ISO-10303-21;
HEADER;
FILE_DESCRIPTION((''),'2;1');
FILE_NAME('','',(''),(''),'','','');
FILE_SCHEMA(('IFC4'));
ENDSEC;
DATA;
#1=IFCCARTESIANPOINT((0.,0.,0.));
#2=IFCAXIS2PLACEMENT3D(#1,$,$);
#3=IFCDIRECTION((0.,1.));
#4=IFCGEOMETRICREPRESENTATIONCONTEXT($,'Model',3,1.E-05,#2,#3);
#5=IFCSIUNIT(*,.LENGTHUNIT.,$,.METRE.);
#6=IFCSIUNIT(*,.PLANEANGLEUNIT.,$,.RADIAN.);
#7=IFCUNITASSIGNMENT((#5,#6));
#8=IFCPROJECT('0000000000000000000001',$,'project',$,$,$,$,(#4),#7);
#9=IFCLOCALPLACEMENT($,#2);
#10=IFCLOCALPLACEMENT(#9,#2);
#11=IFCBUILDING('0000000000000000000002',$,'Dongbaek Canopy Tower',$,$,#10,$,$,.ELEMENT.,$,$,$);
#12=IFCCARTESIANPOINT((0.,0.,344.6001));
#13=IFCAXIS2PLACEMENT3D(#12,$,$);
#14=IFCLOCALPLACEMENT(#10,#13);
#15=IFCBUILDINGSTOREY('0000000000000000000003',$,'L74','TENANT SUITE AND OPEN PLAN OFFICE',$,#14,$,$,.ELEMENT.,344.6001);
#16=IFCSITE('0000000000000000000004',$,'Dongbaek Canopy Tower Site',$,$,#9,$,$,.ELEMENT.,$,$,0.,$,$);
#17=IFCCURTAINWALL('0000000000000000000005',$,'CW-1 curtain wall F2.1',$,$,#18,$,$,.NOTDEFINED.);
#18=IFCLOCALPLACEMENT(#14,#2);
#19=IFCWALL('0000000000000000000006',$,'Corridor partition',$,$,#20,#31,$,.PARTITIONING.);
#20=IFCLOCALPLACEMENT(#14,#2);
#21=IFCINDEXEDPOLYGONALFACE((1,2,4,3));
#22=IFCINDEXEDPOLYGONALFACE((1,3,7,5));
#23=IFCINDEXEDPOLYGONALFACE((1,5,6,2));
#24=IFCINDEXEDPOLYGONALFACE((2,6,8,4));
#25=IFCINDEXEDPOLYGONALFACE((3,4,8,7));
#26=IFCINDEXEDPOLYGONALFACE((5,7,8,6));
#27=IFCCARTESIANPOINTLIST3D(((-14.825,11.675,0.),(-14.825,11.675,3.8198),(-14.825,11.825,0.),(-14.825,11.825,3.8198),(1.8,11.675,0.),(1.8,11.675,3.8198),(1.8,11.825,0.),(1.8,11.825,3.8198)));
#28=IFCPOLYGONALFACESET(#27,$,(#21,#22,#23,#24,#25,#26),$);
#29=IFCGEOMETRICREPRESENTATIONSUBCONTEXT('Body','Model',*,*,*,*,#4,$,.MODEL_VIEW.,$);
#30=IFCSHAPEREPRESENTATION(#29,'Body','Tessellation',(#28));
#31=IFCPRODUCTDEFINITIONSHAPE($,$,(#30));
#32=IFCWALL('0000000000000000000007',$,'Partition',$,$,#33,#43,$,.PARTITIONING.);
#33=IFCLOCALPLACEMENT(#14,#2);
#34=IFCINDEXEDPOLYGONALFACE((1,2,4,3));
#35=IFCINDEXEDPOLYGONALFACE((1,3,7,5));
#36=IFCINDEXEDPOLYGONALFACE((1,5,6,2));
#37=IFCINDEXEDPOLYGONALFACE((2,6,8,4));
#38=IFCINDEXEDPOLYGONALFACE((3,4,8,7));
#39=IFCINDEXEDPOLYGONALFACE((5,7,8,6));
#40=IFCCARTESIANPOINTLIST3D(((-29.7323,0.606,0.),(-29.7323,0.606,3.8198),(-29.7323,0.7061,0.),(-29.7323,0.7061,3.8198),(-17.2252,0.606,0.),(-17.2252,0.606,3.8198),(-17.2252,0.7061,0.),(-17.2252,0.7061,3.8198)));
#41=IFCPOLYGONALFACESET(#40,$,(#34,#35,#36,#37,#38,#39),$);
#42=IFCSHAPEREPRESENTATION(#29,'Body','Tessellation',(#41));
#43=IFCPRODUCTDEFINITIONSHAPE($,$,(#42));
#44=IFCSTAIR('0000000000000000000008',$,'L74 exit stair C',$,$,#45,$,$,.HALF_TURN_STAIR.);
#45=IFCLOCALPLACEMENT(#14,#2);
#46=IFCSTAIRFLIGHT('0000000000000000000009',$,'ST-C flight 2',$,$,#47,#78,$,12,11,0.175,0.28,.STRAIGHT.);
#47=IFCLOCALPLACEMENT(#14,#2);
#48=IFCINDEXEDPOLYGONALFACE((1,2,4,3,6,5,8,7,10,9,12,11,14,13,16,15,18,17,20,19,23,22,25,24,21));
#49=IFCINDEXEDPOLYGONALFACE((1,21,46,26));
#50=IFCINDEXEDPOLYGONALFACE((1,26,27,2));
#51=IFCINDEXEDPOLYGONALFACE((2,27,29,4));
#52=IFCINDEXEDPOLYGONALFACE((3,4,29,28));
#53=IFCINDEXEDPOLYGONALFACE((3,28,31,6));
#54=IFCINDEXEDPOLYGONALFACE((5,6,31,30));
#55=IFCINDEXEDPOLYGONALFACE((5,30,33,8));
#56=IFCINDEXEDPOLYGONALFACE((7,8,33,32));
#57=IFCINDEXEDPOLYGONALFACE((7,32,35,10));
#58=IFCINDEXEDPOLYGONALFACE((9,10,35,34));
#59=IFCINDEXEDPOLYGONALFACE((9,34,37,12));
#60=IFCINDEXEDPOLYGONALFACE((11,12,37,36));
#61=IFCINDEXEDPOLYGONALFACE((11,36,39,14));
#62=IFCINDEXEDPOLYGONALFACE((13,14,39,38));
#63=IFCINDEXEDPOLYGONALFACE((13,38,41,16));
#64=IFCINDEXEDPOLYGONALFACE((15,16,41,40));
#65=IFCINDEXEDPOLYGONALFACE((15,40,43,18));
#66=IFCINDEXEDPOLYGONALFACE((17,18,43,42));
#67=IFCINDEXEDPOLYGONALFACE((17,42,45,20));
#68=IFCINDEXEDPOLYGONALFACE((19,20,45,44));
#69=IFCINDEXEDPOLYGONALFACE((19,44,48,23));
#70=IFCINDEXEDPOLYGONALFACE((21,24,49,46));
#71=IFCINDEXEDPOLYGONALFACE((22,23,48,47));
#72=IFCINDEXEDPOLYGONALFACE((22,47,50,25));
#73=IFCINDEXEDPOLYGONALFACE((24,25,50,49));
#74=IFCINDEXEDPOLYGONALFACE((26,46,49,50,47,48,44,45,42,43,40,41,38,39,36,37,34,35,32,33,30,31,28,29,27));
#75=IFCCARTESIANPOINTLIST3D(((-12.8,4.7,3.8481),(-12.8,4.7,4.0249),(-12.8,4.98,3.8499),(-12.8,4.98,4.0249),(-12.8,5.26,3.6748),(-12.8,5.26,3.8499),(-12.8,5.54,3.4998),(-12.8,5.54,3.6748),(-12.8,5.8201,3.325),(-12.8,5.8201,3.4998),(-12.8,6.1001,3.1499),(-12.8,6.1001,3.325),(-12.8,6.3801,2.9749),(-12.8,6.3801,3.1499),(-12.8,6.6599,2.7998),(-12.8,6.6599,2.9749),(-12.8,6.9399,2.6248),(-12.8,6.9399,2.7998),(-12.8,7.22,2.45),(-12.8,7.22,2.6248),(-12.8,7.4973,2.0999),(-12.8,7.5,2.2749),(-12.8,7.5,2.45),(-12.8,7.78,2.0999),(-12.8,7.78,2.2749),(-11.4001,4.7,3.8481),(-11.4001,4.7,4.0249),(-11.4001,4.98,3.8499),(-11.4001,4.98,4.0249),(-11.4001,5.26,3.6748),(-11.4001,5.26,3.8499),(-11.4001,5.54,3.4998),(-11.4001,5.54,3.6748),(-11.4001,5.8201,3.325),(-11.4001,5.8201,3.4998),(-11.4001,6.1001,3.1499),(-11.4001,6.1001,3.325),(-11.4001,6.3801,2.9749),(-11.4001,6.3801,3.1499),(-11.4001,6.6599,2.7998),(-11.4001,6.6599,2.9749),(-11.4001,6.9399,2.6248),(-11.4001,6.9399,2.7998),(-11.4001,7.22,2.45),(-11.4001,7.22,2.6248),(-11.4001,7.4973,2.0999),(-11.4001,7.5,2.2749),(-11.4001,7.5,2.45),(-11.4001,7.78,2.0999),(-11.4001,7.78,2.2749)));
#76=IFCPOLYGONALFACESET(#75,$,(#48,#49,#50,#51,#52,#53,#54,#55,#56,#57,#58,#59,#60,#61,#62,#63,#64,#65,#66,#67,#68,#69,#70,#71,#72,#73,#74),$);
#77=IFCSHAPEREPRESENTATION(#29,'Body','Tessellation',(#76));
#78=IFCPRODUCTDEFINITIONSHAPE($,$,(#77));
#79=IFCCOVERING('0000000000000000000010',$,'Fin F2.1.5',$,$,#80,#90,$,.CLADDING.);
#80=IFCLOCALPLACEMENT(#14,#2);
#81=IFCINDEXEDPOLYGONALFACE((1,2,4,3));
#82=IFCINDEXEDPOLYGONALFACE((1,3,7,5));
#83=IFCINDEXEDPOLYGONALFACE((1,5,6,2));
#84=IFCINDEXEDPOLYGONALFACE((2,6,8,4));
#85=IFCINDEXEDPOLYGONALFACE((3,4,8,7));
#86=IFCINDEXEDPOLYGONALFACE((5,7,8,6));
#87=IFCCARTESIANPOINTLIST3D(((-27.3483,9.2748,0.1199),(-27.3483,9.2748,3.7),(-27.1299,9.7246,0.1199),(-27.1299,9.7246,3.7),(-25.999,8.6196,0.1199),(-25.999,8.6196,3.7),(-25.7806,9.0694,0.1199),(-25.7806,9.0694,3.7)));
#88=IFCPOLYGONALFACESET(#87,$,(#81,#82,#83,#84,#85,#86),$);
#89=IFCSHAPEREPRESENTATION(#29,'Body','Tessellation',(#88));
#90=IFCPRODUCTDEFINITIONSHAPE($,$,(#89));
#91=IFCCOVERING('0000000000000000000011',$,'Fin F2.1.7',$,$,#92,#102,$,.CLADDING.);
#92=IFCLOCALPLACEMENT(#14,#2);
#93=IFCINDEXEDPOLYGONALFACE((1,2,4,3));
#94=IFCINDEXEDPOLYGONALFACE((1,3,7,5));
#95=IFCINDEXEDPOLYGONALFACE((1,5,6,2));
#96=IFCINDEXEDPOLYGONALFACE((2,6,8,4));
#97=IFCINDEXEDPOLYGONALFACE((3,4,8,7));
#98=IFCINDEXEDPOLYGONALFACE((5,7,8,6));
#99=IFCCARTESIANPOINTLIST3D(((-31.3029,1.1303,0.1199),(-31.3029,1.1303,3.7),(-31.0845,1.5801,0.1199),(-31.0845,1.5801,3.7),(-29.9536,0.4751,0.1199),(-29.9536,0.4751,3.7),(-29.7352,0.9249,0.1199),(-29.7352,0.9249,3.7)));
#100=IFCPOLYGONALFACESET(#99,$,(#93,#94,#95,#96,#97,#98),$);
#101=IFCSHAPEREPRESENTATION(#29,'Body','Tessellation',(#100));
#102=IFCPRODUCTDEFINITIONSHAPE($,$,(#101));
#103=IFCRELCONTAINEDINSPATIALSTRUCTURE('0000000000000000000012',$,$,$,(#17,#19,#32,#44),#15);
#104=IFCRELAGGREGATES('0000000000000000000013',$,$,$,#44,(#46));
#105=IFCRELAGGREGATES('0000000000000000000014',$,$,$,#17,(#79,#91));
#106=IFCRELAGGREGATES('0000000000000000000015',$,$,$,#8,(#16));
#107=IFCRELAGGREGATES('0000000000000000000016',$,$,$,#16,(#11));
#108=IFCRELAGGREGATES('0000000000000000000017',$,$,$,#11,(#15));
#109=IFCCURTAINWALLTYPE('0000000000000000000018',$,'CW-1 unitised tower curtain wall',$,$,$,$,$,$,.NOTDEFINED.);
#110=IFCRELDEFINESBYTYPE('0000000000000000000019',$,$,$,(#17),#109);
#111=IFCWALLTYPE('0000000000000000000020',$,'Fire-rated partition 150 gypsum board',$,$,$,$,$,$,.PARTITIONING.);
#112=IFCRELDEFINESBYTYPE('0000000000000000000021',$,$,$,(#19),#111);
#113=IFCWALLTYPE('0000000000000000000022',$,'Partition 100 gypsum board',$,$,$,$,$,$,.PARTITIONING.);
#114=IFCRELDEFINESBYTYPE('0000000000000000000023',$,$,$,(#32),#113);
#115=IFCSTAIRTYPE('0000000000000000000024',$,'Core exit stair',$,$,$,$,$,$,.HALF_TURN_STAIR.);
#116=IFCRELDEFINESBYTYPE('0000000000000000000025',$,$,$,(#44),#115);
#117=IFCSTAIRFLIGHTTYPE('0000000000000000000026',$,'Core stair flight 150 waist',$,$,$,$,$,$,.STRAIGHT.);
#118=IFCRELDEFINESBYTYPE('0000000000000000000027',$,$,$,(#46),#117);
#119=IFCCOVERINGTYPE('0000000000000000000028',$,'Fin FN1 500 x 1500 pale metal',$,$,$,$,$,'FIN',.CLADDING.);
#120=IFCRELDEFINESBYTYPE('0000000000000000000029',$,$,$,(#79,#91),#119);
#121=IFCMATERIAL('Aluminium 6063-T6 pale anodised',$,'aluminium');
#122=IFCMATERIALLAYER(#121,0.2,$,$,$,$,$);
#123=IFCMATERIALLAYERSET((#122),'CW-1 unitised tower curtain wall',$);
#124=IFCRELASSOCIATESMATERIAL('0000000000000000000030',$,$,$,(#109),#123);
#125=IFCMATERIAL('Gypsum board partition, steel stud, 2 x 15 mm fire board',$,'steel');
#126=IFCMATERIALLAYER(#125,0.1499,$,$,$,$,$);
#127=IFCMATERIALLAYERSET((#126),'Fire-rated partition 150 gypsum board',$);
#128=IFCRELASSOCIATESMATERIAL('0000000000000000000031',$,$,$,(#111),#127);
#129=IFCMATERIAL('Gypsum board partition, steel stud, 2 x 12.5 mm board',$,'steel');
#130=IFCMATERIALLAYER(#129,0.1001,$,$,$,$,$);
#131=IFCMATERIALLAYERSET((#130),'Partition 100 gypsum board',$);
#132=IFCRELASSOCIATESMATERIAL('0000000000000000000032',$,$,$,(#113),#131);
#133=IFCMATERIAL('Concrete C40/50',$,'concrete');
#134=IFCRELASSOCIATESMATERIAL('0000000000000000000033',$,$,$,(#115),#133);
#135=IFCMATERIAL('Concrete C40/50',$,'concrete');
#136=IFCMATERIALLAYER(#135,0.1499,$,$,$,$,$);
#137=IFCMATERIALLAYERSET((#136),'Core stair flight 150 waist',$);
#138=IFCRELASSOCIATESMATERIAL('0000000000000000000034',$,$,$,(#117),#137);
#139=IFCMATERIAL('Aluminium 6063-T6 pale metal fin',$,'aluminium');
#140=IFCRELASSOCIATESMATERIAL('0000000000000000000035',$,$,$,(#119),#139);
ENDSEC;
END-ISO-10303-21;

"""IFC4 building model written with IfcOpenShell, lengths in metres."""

from ifc_helpers import new_model, si_unit, direction, frame, frame_2d, origin, origin_2d, place, context, subcontext, project, spatial, polyline, rectangle, outline, extrude, material, layer, layer_set, material_profile, profile_set, type_object, element, aggregate, save


model = new_model("IFC4")

# Units and contexts
model_context = context("Model", 3, precision=1e-05, world=origin(), true_north=direction((0.0, 1.0)))
body_context = subcontext(model_context, "Body", "Model", "MODEL_VIEW")
ifc_project = project(units=[si_unit("LENGTHUNIT", "METRE"), si_unit("PLANEANGLEUNIT", "RADIAN")], contexts=[model_context])

# Site, building, storey
site_placement = place(None, origin())
site = spatial("IfcSite", under=ifc_project, at=site_placement, Name="Dongbaek Canopy Tower Site", CompositionType="ELEMENT", RefElevation=0.0)
building_placement = place(site_placement, origin())
building = spatial("IfcBuilding", under=site, at=building_placement, Name="Dongbaek Canopy Tower", CompositionType="ELEMENT")
storey_placement = place(building_placement, frame((0.0, 0.0, 344.6001)))
storey = spatial("IfcBuildingStorey", under=building, at=storey_placement, Name="L74", Description="TENANT SUITE AND OPEN PLAN OFFICE", CompositionType="ELEMENT", Elevation=344.6001)

# Curtain wall
ifc_material_1 = material(Name="Aluminium 6063-T6 pale anodised", Category="aluminium")
ifc_layer_1 = layer(ifc_material_1, 0.2)
ifc_layer_set_1 = layer_set([ifc_layer_1], Name="CW-1 unitised tower curtain wall")
curtain_wall_type = type_object("IfcCurtainWallType", Name="CW-1 unitised tower curtain wall", PredefinedType="NOTDEFINED", material=ifc_layer_set_1)
curtain_wall_placement = place(storey_placement, origin())
curtain_wall = element("IfcCurtainWall", 1, at=curtain_wall_placement, inside=storey, type_object=curtain_wall_type, Name="CW-1 curtain wall F2.1", PredefinedType="NOTDEFINED")

# Walls
ifc_material_2 = material(Name="Gypsum board partition, steel stud, 2 x 15 mm fire board", Category="steel")
ifc_layer_2 = layer(ifc_material_2, 0.1499)
ifc_layer_set_2 = layer_set([ifc_layer_2], Name="Fire-rated partition 150 gypsum board")
wall_type_1 = type_object("IfcWallType", Name="Fire-rated partition 150 gypsum board", PredefinedType="PARTITIONING", material=ifc_layer_set_2)
wall_1_placement = place(storey_placement, frame((-14.825, 11.75, 0.0), z_axis=(0.0, 0.0, 1.0), x_axis=(1.0, 0.0, 0.0)))
element("IfcWall", 2, at=wall_1_placement, inside=storey, type_object=wall_type_1, Name="Corridor partition", PredefinedType="PARTITIONING", context=body_context, shape_type="SweptSolid", body=[
    extrude(rectangle(XDim=16.625, YDim=0.1499, at=frame_2d((8.3125, 0.0))), origin(), (0.0, 0.0, 1.0), 3.8198),
])
ifc_material_3 = material(Name="Gypsum board partition, steel stud, 2 x 12.5 mm board", Category="steel")
ifc_layer_3 = layer(ifc_material_3, 0.1001)
ifc_layer_set_3 = layer_set([ifc_layer_3], Name="Partition 100 gypsum board")
wall_type_2 = type_object("IfcWallType", Name="Partition 100 gypsum board", PredefinedType="PARTITIONING", material=ifc_layer_set_3)
wall_2_placement = place(storey_placement, frame((-29.7322, 0.656, 0.0), z_axis=(0.0, 0.0, 1.0), x_axis=(1.0, 0.0, 0.0)))
element("IfcWall", 3, at=wall_2_placement, inside=storey, type_object=wall_type_2, Name="Partition", PredefinedType="PARTITIONING", context=body_context, shape_type="SweptSolid", body=[
    extrude(rectangle(XDim=12.5071, YDim=0.1001, at=frame_2d((6.2534, 0.0))), origin(), (0.0, 0.0, 1.0), 3.8198),
])

# Stair, stair flight
ifc_material_4 = material(Name="Concrete C40/50", Category="concrete")
stair_type = type_object("IfcStairType", Name="Core exit stair", PredefinedType="HALF_TURN_STAIR", material=ifc_material_4)
stair_placement = place(storey_placement, origin())
stair = element("IfcStair", 4, at=stair_placement, inside=storey, type_object=stair_type, Name="L74 exit stair C", PredefinedType="HALF_TURN_STAIR")
ifc_material_5 = material(Name="Concrete C40/50", Category="concrete")
ifc_layer_4 = layer(ifc_material_5, 0.1499)
ifc_layer_set_4 = layer_set([ifc_layer_4], Name="Core stair flight 150 waist")
stair_flight_type = type_object("IfcStairFlightType", Name="Core stair flight 150 waist", PredefinedType="STRAIGHT", material=ifc_layer_set_4)
stair_flight_placement = place(storey_placement, frame((-12.1001, 7.78, 2.0999), z_axis=(0.0, 0.0, 1.0), x_axis=(0.0, -1.0, 0.0)))
stair_flight = element("IfcStairFlight", 5, at=stair_flight_placement, type_object=stair_flight_type, Name="ST-C flight 2", NumberOfRisers=12, NumberOfTreads=11, PredefinedType="STRAIGHT", RiserHeight=0.175, TreadLength=0.28, context=body_context, shape_type="SweptSolid", body=[
    extrude(outline(polyline([(0.0, 0.0), (0.0, 0.175), (0.28, 0.175), (0.28, 0.3501), (0.5601, 0.3501), (0.5601, 0.5249), (0.8401, 0.5249), (0.8401, 0.7), (1.1201, 0.7), (1.1201, 0.875), (1.3999, 0.875), (1.3999, 1.05), (1.6799, 1.05), (1.6799, 1.2251), (1.96, 1.2251), (1.96, 1.3999), (2.24, 1.3999), (2.24, 1.575), (2.52, 1.575), (2.52, 1.75), (2.8, 1.75), (2.8, 1.925), (3.0801, 1.925), (3.0801, 2.1001), (3.0801, 1.7483), (0.2827, 0.0), (0.0, 0.0)])), frame((0.0, 0.7, 0.0), z_axis=(0.0, -1.0, 0.0), x_axis=(1.0, 0.0, 0.0)), (0.0, 0.0, 1.0), 1.3999),
])
aggregate(stair, [stair_flight])

# Coverings
ifc_material_6 = material(Name="Aluminium 6063-T6 pale metal fin", Category="aluminium")
ifc_material_profile_1 = material_profile(ifc_material_6, rectangle(XDim=1.5, YDim=0.5, at=origin_2d()), Name="Fin FN1 500 x 1500 pale metal")
ifc_profile_set_1 = profile_set([ifc_material_profile_1], Name="Aluminium 6063-T6 pale metal fin")
covering_type = type_object("IfcCoveringType", Name="Fin FN1 500 x 1500 pale metal", ElementType="FIN", PredefinedType="CLADDING", material=ifc_profile_set_1)
covering_1_placement = place(storey_placement, frame((-26.5645, 9.1721, 0.1199), z_axis=(0.0, 0.0, 1.0), x_axis=(-0.899563, 0.436791, 0.0)))
covering_1 = element("IfcCovering", 6, at=covering_1_placement, type_object=covering_type, Name="Fin F2.1.5", PredefinedType="CLADDING", context=body_context, shape_type="SweptSolid", body=[
    extrude(rectangle(XDim=1.5, YDim=0.5, at=origin_2d()), origin(), (0.0, 0.0, 1.0), 3.5801),
])
covering_2_placement = place(storey_placement, frame((-30.519, 1.0276, 0.1199), z_axis=(0.0, 0.0, 1.0), x_axis=(-0.899563, 0.436791, 0.0)))
covering_2 = element("IfcCovering", 7, at=covering_2_placement, type_object=covering_type, Name="Fin F2.1.7", PredefinedType="CLADDING", context=body_context, shape_type="SweptSolid", body=[
    extrude(rectangle(XDim=1.5, YDim=0.5, at=origin_2d()), origin(), (0.0, 0.0, 1.0), 3.5801),
])
aggregate(curtain_wall, [covering_1, covering_2])

save(model, "model.ifc")
